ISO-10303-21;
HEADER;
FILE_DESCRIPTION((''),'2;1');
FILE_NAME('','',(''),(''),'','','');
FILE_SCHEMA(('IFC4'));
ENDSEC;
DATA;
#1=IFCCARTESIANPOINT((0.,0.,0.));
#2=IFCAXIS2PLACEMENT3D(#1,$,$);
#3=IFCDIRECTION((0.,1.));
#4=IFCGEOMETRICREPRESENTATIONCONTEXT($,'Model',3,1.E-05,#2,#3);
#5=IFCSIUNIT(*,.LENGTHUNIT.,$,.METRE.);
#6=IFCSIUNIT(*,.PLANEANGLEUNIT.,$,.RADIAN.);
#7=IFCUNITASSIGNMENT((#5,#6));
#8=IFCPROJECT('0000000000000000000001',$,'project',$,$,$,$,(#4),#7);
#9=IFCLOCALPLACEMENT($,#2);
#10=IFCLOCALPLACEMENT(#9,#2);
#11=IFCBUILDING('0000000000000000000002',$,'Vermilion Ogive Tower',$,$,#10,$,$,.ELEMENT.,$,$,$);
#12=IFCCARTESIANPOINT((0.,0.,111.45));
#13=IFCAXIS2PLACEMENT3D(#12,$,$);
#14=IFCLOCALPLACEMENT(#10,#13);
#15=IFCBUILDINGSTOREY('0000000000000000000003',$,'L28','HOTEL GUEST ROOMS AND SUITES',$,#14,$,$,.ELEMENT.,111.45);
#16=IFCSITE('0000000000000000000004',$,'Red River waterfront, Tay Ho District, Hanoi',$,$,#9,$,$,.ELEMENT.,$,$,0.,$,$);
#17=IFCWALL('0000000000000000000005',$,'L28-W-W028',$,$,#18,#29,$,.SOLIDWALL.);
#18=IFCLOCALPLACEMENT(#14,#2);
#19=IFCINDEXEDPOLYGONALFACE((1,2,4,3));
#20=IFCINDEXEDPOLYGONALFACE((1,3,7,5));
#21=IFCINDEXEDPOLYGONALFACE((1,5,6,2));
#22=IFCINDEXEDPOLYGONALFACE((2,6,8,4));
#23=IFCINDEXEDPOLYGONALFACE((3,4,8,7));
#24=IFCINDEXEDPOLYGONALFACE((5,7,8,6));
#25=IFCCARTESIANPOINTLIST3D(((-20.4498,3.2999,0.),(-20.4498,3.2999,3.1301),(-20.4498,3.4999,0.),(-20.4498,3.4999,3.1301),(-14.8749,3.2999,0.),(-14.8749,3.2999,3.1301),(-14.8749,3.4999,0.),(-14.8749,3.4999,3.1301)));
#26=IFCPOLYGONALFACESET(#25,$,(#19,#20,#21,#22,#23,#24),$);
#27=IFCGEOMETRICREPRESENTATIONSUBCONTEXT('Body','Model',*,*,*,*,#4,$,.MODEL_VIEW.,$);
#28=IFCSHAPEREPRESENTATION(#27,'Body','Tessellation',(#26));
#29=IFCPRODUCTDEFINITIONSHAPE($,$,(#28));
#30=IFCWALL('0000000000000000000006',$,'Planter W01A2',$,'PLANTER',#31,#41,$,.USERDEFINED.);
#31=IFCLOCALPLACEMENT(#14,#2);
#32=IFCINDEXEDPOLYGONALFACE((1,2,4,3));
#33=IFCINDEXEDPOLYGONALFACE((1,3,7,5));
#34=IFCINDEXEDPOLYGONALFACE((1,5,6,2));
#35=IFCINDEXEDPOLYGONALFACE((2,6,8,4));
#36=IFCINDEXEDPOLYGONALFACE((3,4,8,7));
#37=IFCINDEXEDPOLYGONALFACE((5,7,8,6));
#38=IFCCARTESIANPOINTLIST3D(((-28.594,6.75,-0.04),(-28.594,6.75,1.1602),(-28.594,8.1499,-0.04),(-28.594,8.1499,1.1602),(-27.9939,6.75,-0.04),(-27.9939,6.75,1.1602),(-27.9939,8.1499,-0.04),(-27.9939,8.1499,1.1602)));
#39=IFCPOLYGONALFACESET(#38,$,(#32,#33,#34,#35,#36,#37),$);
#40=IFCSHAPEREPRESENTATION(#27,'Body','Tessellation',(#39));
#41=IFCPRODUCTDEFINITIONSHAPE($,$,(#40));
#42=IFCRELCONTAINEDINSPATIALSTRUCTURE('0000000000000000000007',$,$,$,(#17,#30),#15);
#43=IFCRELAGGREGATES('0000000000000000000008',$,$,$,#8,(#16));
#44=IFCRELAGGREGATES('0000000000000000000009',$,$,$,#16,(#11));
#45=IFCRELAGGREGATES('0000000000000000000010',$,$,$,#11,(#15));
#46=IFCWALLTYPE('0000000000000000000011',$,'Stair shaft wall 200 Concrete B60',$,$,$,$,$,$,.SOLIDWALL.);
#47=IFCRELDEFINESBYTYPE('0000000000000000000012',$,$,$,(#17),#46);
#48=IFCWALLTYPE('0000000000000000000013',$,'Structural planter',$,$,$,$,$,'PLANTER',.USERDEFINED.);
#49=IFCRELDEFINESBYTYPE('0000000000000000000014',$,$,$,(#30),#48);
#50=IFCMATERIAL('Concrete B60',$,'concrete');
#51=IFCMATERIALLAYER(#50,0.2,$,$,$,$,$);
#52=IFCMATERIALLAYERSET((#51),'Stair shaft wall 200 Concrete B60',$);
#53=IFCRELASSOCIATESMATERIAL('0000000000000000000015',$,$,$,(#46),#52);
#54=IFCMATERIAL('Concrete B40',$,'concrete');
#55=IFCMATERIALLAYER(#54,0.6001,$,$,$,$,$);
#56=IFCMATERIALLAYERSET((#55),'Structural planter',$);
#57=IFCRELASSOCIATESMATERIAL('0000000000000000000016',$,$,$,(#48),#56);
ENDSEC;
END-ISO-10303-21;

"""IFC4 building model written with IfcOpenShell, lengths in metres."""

from ifc_helpers import new_model, si_unit, direction, frame, frame_2d, origin, place, context, subcontext, project, spatial, rectangle, extrude, material, layer, layer_set, type_object, element, save


model = new_model("IFC4")

# Units and contexts
model_context = context("Model", 3, precision=1e-05, world=origin(), true_north=direction((0.0, 1.0)))
body_context = subcontext(model_context, "Body", "Model", "MODEL_VIEW")
ifc_project = project(units=[si_unit("LENGTHUNIT", "METRE"), si_unit("PLANEANGLEUNIT", "RADIAN")], contexts=[model_context])

# Site, building, storey
site_placement = place(None, origin())
site = spatial("IfcSite", under=ifc_project, at=site_placement, Name="Red River waterfront, Tay Ho District, Hanoi", CompositionType="ELEMENT", RefElevation=0.0)
building_placement = place(site_placement, origin())
building = spatial("IfcBuilding", under=site, at=building_placement, Name="Vermilion Ogive Tower", CompositionType="ELEMENT")
storey_placement = place(building_placement, frame((0.0, 0.0, 111.45)))
storey = spatial("IfcBuildingStorey", under=building, at=storey_placement, Name="L28", Description="HOTEL GUEST ROOMS AND SUITES", CompositionType="ELEMENT", Elevation=111.45)

# Walls
ifc_material_1 = material(Name="Concrete B60", Category="concrete")
ifc_layer_1 = layer(ifc_material_1, 0.2)
ifc_layer_set_1 = layer_set([ifc_layer_1], Name="Stair shaft wall 200 Concrete B60")
wall_type_1 = type_object("IfcWallType", Name="Stair shaft wall 200 Concrete B60", PredefinedType="SOLIDWALL", material=ifc_layer_set_1)
wall_1_placement = place(storey_placement, frame((-20.45, 3.3999, 0.0), z_axis=(0.0, 0.0, 1.0), x_axis=(1.0, 0.0, 0.0)))
element("IfcWall", 1, at=wall_1_placement, inside=storey, type_object=wall_type_1, Name="L28-W-W028", PredefinedType="SOLIDWALL", context=body_context, shape_type="SweptSolid", body=[
    extrude(rectangle(XDim=5.575, YDim=0.2, at=frame_2d((2.7876, 0.0))), origin(), (0.0, 0.0, 1.0), 3.1301),
])
ifc_material_2 = material(Name="Concrete B40", Category="concrete")
ifc_layer_2 = layer(ifc_material_2, 0.6001)
ifc_layer_set_2 = layer_set([ifc_layer_2], Name="Structural planter")
wall_type_2 = type_object("IfcWallType", Name="Structural planter", ElementType="PLANTER", PredefinedType="USERDEFINED", material=ifc_layer_set_2)
wall_2_placement = place(storey_placement, frame((-28.2939, 8.1499, -0.04), z_axis=(0.0, 0.0, 1.0), x_axis=(0.0, -1.0, 0.0)))
element("IfcWall", 2, at=wall_2_placement, inside=storey, type_object=wall_type_2, Name="Planter W01A2", ObjectType="PLANTER", PredefinedType="USERDEFINED", context=body_context, shape_type="SweptSolid", body=[
    extrude(rectangle(XDim=1.3999, YDim=0.6001, at=frame_2d((0.7, 0.0))), origin(), (0.0, 0.0, 1.0), 1.2002),
])

save(model, "model.ifc")
